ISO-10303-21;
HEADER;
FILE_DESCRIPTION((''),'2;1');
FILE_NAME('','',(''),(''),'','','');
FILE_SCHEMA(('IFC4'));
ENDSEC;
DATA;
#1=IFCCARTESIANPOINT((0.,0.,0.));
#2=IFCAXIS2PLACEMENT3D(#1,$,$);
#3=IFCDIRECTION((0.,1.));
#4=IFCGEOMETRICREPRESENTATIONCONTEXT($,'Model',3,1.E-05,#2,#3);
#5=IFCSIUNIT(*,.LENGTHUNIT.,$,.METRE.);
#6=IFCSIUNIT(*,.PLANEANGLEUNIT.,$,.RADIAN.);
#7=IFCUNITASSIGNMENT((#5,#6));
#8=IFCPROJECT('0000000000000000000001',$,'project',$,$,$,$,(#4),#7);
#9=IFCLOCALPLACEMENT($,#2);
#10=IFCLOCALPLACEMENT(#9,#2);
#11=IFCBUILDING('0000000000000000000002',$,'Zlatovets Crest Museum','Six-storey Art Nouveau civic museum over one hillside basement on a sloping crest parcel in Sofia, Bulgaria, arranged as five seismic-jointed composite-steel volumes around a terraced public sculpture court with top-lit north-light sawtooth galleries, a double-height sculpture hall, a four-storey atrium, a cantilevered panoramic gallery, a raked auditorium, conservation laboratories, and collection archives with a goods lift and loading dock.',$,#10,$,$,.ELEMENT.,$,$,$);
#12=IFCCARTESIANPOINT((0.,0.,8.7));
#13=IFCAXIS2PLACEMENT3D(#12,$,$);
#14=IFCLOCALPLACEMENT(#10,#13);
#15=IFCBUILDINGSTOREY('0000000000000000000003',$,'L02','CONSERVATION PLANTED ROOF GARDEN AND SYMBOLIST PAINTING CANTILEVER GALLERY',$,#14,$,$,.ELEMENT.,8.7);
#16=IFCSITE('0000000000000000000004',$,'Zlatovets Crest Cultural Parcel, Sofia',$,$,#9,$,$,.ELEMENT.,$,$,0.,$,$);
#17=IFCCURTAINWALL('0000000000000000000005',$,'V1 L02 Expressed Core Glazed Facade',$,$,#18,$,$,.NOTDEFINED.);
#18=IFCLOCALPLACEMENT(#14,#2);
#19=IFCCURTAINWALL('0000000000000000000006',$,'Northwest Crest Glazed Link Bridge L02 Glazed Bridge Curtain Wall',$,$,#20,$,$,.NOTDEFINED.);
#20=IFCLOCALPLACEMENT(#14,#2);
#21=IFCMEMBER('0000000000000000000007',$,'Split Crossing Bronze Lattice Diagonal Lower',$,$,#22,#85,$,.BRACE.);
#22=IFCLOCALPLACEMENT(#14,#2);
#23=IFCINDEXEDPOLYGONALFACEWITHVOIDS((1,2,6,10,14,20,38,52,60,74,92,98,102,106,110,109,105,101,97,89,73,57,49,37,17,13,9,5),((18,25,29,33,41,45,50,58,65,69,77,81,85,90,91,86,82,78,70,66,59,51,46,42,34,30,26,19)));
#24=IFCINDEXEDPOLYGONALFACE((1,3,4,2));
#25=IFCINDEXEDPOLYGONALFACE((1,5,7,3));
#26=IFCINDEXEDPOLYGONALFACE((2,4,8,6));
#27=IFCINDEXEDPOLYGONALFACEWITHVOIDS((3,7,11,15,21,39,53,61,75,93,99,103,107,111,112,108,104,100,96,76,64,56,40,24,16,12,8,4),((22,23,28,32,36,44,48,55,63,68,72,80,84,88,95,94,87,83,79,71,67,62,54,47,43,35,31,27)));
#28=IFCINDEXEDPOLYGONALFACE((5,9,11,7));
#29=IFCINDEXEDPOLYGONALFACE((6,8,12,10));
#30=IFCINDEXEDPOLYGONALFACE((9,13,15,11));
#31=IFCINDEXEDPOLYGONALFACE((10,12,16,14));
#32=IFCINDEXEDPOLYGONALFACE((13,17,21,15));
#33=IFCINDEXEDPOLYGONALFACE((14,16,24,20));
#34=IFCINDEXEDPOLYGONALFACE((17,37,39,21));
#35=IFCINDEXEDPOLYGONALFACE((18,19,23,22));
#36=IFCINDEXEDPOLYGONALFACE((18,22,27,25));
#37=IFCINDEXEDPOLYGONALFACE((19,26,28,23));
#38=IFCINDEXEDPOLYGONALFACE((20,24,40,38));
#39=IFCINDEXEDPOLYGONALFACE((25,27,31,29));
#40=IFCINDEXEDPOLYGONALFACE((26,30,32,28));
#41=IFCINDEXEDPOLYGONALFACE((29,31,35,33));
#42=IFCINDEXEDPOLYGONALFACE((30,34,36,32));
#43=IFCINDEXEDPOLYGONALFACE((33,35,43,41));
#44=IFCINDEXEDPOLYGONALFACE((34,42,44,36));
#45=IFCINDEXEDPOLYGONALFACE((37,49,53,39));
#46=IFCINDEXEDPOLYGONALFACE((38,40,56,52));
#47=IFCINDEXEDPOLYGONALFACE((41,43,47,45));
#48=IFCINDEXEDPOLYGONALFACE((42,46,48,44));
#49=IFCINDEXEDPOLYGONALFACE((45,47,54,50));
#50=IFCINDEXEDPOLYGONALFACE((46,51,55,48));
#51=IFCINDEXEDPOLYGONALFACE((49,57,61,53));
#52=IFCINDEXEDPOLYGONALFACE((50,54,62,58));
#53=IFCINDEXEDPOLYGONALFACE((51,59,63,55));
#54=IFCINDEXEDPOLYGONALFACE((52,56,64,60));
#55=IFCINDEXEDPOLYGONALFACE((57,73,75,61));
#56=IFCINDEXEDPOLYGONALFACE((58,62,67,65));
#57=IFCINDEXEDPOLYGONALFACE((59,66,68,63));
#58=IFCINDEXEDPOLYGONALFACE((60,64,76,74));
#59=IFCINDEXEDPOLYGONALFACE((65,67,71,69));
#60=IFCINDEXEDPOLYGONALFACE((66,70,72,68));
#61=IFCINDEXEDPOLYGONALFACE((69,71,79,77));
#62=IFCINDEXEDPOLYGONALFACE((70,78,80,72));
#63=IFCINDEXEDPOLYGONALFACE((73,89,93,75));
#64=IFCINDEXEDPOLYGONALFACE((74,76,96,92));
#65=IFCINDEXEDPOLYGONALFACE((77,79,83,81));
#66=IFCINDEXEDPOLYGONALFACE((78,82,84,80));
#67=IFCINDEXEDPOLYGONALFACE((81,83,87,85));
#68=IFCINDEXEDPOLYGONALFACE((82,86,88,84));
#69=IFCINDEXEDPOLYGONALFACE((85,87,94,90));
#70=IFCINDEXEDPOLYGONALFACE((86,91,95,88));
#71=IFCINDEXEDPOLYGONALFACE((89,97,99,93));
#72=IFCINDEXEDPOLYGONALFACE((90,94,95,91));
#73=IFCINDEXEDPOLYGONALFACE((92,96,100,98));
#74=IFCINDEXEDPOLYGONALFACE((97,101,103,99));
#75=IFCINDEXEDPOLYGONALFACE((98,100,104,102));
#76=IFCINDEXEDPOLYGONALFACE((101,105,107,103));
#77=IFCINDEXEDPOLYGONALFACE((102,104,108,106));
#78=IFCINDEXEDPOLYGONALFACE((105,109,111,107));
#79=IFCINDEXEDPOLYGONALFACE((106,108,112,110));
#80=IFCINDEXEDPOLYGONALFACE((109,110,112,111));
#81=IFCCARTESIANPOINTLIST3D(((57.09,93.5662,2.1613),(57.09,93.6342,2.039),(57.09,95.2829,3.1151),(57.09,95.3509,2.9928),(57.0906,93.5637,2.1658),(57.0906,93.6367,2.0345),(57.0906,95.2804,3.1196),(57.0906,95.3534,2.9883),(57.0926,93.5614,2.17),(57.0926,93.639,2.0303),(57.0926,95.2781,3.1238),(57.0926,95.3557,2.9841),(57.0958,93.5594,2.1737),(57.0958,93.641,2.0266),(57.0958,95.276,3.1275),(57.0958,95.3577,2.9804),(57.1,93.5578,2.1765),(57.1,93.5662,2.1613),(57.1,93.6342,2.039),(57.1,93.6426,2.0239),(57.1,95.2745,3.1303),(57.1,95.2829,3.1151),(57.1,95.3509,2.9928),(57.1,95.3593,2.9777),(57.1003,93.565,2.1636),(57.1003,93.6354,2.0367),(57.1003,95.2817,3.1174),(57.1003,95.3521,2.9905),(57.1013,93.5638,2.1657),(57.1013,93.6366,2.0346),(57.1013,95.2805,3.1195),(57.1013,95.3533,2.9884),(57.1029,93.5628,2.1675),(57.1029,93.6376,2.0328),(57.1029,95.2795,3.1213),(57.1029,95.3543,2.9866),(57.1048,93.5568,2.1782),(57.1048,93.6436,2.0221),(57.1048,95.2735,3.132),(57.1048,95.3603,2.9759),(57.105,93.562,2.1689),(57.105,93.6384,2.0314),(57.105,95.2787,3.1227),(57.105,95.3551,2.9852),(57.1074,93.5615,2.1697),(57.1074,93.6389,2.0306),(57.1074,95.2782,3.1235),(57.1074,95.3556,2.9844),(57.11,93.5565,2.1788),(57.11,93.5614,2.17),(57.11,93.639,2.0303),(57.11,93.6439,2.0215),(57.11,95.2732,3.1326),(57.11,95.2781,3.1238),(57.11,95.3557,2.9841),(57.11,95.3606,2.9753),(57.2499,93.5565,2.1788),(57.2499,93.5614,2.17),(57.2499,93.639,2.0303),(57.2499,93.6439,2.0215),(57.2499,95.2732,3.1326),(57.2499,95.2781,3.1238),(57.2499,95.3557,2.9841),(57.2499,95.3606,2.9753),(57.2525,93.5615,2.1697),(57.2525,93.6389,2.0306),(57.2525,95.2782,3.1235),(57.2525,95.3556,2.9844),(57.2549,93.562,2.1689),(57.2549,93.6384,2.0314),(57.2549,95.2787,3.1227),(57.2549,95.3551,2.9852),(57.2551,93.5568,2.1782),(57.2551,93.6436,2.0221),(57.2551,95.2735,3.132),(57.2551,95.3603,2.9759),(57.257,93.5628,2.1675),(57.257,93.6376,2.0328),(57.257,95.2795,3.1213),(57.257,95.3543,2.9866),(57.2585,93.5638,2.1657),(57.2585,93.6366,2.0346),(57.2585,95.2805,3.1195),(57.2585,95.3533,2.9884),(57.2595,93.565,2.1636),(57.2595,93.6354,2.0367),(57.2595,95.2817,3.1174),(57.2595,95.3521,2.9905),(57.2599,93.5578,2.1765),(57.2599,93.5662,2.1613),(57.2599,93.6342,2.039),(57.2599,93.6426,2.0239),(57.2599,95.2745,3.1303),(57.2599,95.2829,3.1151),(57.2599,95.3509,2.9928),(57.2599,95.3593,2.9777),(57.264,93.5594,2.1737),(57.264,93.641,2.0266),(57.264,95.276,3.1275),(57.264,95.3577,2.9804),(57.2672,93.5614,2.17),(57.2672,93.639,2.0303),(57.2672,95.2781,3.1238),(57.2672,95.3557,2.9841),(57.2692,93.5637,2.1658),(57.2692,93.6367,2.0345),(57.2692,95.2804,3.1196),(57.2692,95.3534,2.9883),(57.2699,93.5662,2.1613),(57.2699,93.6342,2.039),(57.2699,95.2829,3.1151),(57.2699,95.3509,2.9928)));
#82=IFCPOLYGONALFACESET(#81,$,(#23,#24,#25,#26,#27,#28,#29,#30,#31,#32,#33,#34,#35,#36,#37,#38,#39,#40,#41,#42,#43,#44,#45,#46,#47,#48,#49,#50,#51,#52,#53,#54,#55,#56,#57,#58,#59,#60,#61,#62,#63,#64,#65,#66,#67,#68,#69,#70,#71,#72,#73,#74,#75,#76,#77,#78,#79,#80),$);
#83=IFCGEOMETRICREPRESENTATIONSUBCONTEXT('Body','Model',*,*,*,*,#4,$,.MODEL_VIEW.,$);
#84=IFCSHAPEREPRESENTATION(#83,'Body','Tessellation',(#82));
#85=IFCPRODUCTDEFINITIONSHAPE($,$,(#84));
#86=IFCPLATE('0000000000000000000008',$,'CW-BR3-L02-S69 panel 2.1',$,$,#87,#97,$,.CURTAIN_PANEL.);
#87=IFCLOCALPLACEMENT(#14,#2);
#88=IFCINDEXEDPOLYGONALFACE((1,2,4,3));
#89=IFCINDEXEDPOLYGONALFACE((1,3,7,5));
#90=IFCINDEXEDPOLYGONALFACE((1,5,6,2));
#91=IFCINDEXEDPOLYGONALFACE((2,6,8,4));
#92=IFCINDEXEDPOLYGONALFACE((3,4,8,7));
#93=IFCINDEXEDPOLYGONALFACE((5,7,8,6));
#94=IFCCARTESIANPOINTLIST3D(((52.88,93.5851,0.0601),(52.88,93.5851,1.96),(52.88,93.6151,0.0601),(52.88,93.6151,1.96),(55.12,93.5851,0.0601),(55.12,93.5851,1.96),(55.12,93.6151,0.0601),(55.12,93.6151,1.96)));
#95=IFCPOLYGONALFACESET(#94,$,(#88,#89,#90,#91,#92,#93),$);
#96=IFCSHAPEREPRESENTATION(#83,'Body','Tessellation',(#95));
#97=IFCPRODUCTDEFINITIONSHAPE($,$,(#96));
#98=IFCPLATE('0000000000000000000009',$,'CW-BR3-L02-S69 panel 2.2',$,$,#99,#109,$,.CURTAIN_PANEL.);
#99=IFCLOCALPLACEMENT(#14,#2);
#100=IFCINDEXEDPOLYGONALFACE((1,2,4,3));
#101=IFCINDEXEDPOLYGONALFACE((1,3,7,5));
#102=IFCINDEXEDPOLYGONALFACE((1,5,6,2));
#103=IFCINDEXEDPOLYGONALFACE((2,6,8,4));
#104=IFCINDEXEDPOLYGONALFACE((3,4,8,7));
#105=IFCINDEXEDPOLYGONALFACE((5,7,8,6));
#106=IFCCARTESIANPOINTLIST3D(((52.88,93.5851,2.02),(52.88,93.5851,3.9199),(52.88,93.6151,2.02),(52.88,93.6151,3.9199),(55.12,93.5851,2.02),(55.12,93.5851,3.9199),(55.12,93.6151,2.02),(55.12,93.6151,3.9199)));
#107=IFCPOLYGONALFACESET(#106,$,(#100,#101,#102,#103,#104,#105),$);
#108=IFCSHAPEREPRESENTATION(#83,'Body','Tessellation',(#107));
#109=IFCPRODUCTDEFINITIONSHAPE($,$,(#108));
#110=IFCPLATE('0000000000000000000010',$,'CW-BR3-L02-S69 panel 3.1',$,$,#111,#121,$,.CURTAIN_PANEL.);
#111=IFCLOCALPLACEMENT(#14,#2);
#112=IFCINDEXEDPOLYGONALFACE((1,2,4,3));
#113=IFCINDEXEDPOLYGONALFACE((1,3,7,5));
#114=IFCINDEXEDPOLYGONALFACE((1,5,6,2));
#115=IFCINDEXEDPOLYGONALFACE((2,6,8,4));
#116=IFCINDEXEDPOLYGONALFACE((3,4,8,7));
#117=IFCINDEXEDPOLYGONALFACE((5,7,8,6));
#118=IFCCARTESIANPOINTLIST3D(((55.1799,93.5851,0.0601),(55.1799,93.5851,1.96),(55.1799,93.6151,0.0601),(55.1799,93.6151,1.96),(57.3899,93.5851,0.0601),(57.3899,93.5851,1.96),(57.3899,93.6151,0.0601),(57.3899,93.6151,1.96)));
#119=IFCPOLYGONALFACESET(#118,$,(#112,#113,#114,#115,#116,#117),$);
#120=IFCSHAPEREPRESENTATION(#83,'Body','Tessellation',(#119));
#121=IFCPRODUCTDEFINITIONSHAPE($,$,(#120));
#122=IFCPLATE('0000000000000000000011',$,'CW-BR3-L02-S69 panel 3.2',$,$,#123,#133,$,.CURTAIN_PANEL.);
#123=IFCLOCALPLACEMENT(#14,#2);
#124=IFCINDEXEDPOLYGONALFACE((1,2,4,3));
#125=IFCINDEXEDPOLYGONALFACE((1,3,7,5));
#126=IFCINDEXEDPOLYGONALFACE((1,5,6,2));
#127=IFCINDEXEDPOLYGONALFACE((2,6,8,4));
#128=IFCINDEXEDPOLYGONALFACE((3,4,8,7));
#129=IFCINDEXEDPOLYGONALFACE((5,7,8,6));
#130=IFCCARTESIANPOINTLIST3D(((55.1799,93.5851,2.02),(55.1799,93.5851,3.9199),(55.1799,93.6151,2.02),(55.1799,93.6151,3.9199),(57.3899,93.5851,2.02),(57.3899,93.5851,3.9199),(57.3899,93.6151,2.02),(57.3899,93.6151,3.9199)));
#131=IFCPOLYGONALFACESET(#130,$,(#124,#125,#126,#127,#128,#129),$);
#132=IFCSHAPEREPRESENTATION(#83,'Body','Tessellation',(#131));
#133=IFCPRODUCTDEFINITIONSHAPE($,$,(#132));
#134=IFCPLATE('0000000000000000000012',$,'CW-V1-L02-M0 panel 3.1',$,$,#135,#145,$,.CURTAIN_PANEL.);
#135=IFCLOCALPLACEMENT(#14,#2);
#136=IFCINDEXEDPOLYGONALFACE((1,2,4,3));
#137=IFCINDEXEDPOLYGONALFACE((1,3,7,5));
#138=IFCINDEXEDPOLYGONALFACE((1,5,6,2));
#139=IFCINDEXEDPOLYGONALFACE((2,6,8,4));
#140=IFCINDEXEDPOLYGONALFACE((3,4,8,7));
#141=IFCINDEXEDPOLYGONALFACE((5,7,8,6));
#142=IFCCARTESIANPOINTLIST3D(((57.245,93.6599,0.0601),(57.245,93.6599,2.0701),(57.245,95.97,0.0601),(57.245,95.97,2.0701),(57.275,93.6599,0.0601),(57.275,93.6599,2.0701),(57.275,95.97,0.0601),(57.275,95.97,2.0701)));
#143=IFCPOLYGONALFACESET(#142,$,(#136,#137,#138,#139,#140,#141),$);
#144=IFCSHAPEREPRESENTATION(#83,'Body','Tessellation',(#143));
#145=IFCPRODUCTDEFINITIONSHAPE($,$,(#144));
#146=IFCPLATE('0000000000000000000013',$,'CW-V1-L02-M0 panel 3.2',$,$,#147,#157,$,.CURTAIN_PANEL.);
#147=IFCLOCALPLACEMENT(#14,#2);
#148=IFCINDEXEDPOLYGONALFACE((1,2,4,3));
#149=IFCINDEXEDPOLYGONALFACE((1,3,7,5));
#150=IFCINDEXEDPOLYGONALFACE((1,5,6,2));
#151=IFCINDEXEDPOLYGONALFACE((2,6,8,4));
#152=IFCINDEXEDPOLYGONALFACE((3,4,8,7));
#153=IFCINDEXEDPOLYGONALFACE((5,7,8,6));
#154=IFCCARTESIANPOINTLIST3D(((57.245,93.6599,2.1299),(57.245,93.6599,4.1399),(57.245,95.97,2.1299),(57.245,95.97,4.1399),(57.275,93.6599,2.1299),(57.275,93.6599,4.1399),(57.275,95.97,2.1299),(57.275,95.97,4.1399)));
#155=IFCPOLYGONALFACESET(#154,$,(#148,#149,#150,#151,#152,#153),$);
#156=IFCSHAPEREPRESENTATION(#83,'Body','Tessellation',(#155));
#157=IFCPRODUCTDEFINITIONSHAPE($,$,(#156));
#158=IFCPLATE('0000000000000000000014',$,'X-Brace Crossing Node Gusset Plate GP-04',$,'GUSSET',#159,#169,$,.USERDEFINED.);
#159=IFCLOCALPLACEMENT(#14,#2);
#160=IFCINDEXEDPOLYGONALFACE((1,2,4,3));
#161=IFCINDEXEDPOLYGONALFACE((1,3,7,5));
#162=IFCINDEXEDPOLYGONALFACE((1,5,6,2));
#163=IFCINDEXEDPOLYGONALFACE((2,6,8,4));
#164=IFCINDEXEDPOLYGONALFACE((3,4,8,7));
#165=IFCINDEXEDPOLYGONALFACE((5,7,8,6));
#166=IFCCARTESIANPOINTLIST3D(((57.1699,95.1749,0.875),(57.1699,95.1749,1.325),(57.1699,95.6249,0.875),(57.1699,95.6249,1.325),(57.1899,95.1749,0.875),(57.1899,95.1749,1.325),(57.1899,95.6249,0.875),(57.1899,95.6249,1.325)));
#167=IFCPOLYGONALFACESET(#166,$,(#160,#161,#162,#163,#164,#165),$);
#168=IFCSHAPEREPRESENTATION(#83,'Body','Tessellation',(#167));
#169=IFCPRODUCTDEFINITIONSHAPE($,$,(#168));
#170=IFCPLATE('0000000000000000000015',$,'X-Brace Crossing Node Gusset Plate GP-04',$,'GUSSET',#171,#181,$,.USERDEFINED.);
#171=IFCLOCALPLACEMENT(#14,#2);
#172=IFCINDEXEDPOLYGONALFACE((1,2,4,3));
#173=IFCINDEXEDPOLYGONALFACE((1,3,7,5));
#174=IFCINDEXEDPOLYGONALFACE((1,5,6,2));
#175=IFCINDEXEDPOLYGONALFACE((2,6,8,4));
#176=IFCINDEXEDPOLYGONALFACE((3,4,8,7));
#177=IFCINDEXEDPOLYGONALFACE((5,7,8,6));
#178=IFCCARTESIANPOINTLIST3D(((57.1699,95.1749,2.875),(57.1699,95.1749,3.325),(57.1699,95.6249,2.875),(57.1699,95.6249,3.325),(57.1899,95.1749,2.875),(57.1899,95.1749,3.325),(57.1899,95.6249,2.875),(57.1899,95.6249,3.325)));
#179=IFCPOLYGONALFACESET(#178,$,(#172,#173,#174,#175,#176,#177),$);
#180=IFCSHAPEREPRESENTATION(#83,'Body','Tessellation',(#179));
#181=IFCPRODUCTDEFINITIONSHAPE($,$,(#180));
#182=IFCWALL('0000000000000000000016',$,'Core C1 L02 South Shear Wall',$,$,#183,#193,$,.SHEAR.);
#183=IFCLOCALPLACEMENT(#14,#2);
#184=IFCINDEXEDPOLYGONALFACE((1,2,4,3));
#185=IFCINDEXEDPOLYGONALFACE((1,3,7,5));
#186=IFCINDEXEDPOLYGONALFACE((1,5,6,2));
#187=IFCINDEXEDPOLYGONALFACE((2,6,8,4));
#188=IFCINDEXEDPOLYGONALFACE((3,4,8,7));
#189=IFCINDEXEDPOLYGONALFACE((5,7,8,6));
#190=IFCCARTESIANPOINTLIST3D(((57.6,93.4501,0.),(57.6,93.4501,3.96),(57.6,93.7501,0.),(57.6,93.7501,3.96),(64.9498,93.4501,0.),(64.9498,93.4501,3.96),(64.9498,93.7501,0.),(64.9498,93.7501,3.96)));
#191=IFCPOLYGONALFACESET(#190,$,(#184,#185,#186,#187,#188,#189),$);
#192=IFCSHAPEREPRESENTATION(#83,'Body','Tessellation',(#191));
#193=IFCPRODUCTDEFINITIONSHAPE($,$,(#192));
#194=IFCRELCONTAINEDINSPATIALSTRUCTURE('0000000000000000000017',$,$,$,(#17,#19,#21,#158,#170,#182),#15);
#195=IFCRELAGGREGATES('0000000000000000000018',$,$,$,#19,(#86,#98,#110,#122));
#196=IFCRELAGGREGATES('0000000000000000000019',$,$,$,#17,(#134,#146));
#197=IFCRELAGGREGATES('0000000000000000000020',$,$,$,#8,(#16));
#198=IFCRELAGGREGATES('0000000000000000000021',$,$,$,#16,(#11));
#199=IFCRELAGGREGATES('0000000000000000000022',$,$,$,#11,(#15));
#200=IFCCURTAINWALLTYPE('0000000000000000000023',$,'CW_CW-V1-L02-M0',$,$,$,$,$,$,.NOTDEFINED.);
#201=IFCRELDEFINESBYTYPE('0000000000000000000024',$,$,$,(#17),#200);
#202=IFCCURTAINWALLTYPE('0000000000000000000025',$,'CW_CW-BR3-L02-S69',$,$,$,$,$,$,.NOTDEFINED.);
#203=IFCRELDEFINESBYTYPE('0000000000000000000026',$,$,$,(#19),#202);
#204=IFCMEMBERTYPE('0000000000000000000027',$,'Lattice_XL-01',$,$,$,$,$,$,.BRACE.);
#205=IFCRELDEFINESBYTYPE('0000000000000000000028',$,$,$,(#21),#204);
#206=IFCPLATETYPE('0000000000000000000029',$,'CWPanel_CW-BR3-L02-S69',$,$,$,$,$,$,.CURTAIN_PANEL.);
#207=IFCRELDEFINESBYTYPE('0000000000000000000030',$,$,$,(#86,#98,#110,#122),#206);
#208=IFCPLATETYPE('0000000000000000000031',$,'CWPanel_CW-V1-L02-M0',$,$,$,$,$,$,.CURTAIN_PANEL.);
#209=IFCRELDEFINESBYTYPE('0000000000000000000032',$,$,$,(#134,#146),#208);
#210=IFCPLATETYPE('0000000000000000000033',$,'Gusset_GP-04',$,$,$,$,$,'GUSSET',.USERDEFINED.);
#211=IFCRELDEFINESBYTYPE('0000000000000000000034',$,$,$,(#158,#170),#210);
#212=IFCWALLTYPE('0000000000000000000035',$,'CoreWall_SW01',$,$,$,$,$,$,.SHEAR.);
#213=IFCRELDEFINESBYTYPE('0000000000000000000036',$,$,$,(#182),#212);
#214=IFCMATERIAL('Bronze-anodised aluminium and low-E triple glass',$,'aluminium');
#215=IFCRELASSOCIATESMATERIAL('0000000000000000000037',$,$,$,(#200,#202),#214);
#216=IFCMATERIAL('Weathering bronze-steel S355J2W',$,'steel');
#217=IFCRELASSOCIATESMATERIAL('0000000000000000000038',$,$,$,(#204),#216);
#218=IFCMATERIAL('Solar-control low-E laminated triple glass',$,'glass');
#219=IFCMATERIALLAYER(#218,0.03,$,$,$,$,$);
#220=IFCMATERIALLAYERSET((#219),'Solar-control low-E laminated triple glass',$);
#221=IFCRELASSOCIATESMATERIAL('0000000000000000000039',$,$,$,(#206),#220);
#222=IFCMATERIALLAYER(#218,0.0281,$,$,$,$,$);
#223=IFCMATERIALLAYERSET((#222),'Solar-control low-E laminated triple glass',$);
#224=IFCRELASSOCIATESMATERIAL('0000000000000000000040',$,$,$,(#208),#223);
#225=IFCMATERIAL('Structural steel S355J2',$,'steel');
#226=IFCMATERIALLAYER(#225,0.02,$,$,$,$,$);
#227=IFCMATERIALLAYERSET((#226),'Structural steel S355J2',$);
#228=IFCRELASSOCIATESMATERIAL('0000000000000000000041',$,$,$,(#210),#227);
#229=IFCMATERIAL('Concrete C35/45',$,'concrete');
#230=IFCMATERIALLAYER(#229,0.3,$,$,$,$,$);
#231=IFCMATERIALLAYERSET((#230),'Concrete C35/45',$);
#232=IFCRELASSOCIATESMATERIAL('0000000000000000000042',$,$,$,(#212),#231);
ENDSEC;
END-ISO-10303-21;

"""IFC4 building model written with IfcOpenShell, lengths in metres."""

from ifc_helpers import new_model, si_unit, direction, frame, frame_2d, origin, origin_2d, place, context, subcontext, project, spatial, rectangle, hollow_rectangle, extrude, material, layer, layer_set, material_profile, profile_set, type_object, element, aggregate, save


model = new_model("IFC4")

# Units and contexts
model_context = context("Model", 3, precision=1e-05, world=origin(), true_north=direction((0.0, 1.0)))
body_context = subcontext(model_context, "Body", "Model", "MODEL_VIEW")
ifc_project = project(units=[si_unit("LENGTHUNIT", "METRE"), si_unit("PLANEANGLEUNIT", "RADIAN")], contexts=[model_context])

# Site, building, storey
site_placement = place(None, origin())
site = spatial("IfcSite", under=ifc_project, at=site_placement, Name="Zlatovets Crest Cultural Parcel, Sofia", CompositionType="ELEMENT", RefElevation=0.0)
building_placement = place(site_placement, origin())
building = spatial("IfcBuilding", under=site, at=building_placement, Name="Zlatovets Crest Museum", Description="Six-storey Art Nouveau civic museum over one hillside basement on a sloping crest parcel in Sofia, Bulgaria, arranged as five seismic-jointed composite-steel volumes around a terraced public sculpture court with top-lit north-light sawtooth galleries, a double-height sculpture hall, a four-storey atrium, a cantilevered panoramic gallery, a raked auditorium, conservation laboratories, and collection archives with a goods lift and loading dock.", CompositionType="ELEMENT")
storey_placement = place(building_placement, frame((0.0, 0.0, 8.7)))
storey = spatial("IfcBuildingStorey", under=building, at=storey_placement, Name="L02", Description="CONSERVATION PLANTED ROOF GARDEN AND SYMBOLIST PAINTING CANTILEVER GALLERY", CompositionType="ELEMENT", Elevation=8.7)

# Shared definitions
ifc_material_1 = material(Name="Structural steel S355J2", Category="steel")

# Curtain walls
ifc_material_2 = material(Name="Bronze-anodised aluminium and low-E triple glass", Category="aluminium")
curtain_wall_type_1 = type_object("IfcCurtainWallType", Name="CW_CW-V1-L02-M0", PredefinedType="NOTDEFINED", material=ifc_material_2)
curtain_wall_1_placement = place(storey_placement, origin())
curtain_wall_1 = element("IfcCurtainWall", 1, at=curtain_wall_1_placement, inside=storey, type_object=curtain_wall_type_1, Name="V1 L02 Expressed Core Glazed Facade", PredefinedType="NOTDEFINED")
curtain_wall_type_2 = type_object("IfcCurtainWallType", Name="CW_CW-BR3-L02-S69", PredefinedType="NOTDEFINED", material=ifc_material_2)
curtain_wall_2_placement = place(storey_placement, origin())
curtain_wall_2 = element("IfcCurtainWall", 2, at=curtain_wall_2_placement, inside=storey, type_object=curtain_wall_type_2, Name="Northwest Crest Glazed Link Bridge L02 Glazed Bridge Curtain Wall", PredefinedType="NOTDEFINED")

# Member
ifc_material_3 = material(Name="Weathering bronze-steel S355J2W", Category="steel")
ifc_material_profile_1 = material_profile(ifc_material_3, hollow_rectangle(XDim=0.1799, YDim=0.1799, WallThickness=0.01, InnerFilletRadius=0.01, OuterFilletRadius=0.02, at=origin_2d()), Name="SHS 180x180x10.0")
ifc_profile_set_1 = profile_set([ifc_material_profile_1], Name="Weathering bronze-steel S355J2W")
member_type_1 = type_object("IfcMemberType", Name="Lattice_XL-01", PredefinedType="BRACE", material=ifc_profile_set_1)
for number, where, z_axis, x_axis, name in (
    (3, (57.1799, 95.3169, 3.054), (0.0, -0.87414, -0.485675), (1.0, 0.0, 0.0), "Split Crossing Bronze Lattice Diagonal Lower"),
):
    element("IfcMember", number, at=place(storey_placement, frame(where, z_axis=z_axis, x_axis=x_axis)), inside=storey, type_object=member_type_1, Name=name, PredefinedType="BRACE", context=body_context, shape_type="SweptSolid", body=[
        extrude(hollow_rectangle(XDim=0.1799, YDim=0.1799, WallThickness=0.01, InnerFilletRadius=0.01, OuterFilletRadius=0.02, at=origin_2d()), origin(), (0.0, 0.0, 1.0), 1.9639),
    ])

# Plates
ifc_material_4 = material(Name="Solar-control low-E laminated triple glass", Category="glass")
ifc_layer_1 = layer(ifc_material_4, 0.03)
ifc_layer_set_1 = layer_set([ifc_layer_1], Name="Solar-control low-E laminated triple glass")
plate_type_1 = type_object("IfcPlateType", Name="CWPanel_CW-BR3-L02-S69", PredefinedType="CURTAIN_PANEL", material=ifc_layer_set_1)
plate_1_placement = place(storey_placement, frame((54.0, 93.6001, 0.0601), z_axis=(0.0, 0.0, 1.0), x_axis=(1.0, 0.0, 0.0)))
plate_1 = element("IfcPlate", 4, at=plate_1_placement, type_object=plate_type_1, Name="CW-BR3-L02-S69 panel 2.1", PredefinedType="CURTAIN_PANEL", context=body_context, shape_type="SweptSolid", body=[
    extrude(rectangle(XDim=2.24, YDim=0.03, at=origin_2d()), origin(), (0.0, 0.0, 1.0), 1.8999),
])
plate_2_placement = place(storey_placement, frame((54.0, 93.6001, 2.02), z_axis=(0.0, 0.0, 1.0), x_axis=(1.0, 0.0, 0.0)))
plate_2 = element("IfcPlate", 5, at=plate_2_placement, type_object=plate_type_1, Name="CW-BR3-L02-S69 panel 2.2", PredefinedType="CURTAIN_PANEL", context=body_context, shape_type="SweptSolid", body=[
    extrude(rectangle(XDim=2.24, YDim=0.03, at=origin_2d()), origin(), (0.0, 0.0, 1.0), 1.8999),
])
plate_3_placement = place(storey_placement, frame((56.2849, 93.6001, 0.0601), z_axis=(0.0, 0.0, 1.0), x_axis=(1.0, 0.0, 0.0)))
plate_3 = element("IfcPlate", 6, at=plate_3_placement, type_object=plate_type_1, Name="CW-BR3-L02-S69 panel 3.1", PredefinedType="CURTAIN_PANEL", context=body_context, shape_type="SweptSolid", body=[
    extrude(rectangle(XDim=2.21, YDim=0.03, at=origin_2d()), origin(), (0.0, 0.0, 1.0), 1.8999),
])
plate_4_placement = place(storey_placement, frame((56.2849, 93.6001, 2.02), z_axis=(0.0, 0.0, 1.0), x_axis=(1.0, 0.0, 0.0)))
plate_4 = element("IfcPlate", 7, at=plate_4_placement, type_object=plate_type_1, Name="CW-BR3-L02-S69 panel 3.2", PredefinedType="CURTAIN_PANEL", context=body_context, shape_type="SweptSolid", body=[
    extrude(rectangle(XDim=2.21, YDim=0.03, at=origin_2d()), origin(), (0.0, 0.0, 1.0), 1.8999),
])
aggregate(curtain_wall_2, [plate_1, plate_2, plate_3, plate_4])
ifc_layer_2 = layer(ifc_material_4, 0.0281)
ifc_layer_set_2 = layer_set([ifc_layer_2], Name="Solar-control low-E laminated triple glass")
plate_type_2 = type_object("IfcPlateType", Name="CWPanel_CW-V1-L02-M0", PredefinedType="CURTAIN_PANEL", material=ifc_layer_set_2)
plate_5_placement = place(storey_placement, frame((57.26, 94.8149, 0.0601), z_axis=(0.0, 0.0, 1.0), x_axis=(0.0, -1.0, 0.0)))
plate_5 = element("IfcPlate", 8, at=plate_5_placement, type_object=plate_type_2, Name="CW-V1-L02-M0 panel 3.1", PredefinedType="CURTAIN_PANEL", context=body_context, shape_type="SweptSolid", body=[
    extrude(rectangle(XDim=2.3101, YDim=0.03, at=origin_2d()), origin(), (0.0, 0.0, 1.0), 2.01),
])
plate_6_placement = place(storey_placement, frame((57.26, 94.8149, 2.1299), z_axis=(0.0, 0.0, 1.0), x_axis=(0.0, -1.0, 0.0)))
plate_6 = element("IfcPlate", 9, at=plate_6_placement, type_object=plate_type_2, Name="CW-V1-L02-M0 panel 3.2", PredefinedType="CURTAIN_PANEL", context=body_context, shape_type="SweptSolid", body=[
    extrude(rectangle(XDim=2.3101, YDim=0.03, at=origin_2d()), origin(), (0.0, 0.0, 1.0), 2.01),
])
aggregate(curtain_wall_1, [plate_5, plate_6])

# Plates
ifc_layer_3 = layer(ifc_material_1, 0.02)
ifc_layer_set_3 = layer_set([ifc_layer_3], Name="Structural steel S355J2")
plate_type_3 = type_object("IfcPlateType", Name="Gusset_GP-04", ElementType="GUSSET", PredefinedType="USERDEFINED", material=ifc_layer_set_3)
for number, where, z_axis, x_axis, name in (
    (10, (57.1799, 95.3999, 0.875), (0.0, 0.0, 1.0), (1.0, 0.0, 0.0), "X-Brace Crossing Node Gusset Plate GP-04"),
    (11, (57.1799, 95.3999, 2.875), (0.0, 0.0, 1.0), (1.0, 0.0, 0.0), "X-Brace Crossing Node Gusset Plate GP-04"),
):
    element("IfcPlate", number, at=place(storey_placement, frame(where, z_axis=z_axis, x_axis=x_axis)), inside=storey, type_object=plate_type_3, Name=name, ObjectType="GUSSET", PredefinedType="USERDEFINED", context=body_context, shape_type="SweptSolid", body=[
        extrude(rectangle(XDim=0.02, YDim=0.45, at=origin_2d()), origin(), (0.0, 0.0, 1.0), 0.45),
    ])

# Wall
ifc_material_5 = material(Name="Concrete C35/45", Category="concrete")
ifc_layer_4 = layer(ifc_material_5, 0.3)
ifc_layer_set_4 = layer_set([ifc_layer_4], Name="Concrete C35/45")
wall_type_1 = type_object("IfcWallType", Name="CoreWall_SW01", PredefinedType="SHEAR", material=ifc_layer_set_4)
wall_1_placement = place(storey_placement, frame((57.6001, 93.6001, 0.0), z_axis=(0.0, 0.0, 1.0), x_axis=(1.0, 0.0, 0.0)))
element("IfcWall", 12, at=wall_1_placement, inside=storey, type_object=wall_type_1, Name="Core C1 L02 South Shear Wall", PredefinedType="SHEAR", context=body_context, shape_type="SweptSolid", body=[
    extrude(rectangle(XDim=7.3499, YDim=0.3, at=frame_2d((3.6748, 0.0))), origin(), (0.0, 0.0, 1.0), 3.96),
])

save(model, "model.ifc")
